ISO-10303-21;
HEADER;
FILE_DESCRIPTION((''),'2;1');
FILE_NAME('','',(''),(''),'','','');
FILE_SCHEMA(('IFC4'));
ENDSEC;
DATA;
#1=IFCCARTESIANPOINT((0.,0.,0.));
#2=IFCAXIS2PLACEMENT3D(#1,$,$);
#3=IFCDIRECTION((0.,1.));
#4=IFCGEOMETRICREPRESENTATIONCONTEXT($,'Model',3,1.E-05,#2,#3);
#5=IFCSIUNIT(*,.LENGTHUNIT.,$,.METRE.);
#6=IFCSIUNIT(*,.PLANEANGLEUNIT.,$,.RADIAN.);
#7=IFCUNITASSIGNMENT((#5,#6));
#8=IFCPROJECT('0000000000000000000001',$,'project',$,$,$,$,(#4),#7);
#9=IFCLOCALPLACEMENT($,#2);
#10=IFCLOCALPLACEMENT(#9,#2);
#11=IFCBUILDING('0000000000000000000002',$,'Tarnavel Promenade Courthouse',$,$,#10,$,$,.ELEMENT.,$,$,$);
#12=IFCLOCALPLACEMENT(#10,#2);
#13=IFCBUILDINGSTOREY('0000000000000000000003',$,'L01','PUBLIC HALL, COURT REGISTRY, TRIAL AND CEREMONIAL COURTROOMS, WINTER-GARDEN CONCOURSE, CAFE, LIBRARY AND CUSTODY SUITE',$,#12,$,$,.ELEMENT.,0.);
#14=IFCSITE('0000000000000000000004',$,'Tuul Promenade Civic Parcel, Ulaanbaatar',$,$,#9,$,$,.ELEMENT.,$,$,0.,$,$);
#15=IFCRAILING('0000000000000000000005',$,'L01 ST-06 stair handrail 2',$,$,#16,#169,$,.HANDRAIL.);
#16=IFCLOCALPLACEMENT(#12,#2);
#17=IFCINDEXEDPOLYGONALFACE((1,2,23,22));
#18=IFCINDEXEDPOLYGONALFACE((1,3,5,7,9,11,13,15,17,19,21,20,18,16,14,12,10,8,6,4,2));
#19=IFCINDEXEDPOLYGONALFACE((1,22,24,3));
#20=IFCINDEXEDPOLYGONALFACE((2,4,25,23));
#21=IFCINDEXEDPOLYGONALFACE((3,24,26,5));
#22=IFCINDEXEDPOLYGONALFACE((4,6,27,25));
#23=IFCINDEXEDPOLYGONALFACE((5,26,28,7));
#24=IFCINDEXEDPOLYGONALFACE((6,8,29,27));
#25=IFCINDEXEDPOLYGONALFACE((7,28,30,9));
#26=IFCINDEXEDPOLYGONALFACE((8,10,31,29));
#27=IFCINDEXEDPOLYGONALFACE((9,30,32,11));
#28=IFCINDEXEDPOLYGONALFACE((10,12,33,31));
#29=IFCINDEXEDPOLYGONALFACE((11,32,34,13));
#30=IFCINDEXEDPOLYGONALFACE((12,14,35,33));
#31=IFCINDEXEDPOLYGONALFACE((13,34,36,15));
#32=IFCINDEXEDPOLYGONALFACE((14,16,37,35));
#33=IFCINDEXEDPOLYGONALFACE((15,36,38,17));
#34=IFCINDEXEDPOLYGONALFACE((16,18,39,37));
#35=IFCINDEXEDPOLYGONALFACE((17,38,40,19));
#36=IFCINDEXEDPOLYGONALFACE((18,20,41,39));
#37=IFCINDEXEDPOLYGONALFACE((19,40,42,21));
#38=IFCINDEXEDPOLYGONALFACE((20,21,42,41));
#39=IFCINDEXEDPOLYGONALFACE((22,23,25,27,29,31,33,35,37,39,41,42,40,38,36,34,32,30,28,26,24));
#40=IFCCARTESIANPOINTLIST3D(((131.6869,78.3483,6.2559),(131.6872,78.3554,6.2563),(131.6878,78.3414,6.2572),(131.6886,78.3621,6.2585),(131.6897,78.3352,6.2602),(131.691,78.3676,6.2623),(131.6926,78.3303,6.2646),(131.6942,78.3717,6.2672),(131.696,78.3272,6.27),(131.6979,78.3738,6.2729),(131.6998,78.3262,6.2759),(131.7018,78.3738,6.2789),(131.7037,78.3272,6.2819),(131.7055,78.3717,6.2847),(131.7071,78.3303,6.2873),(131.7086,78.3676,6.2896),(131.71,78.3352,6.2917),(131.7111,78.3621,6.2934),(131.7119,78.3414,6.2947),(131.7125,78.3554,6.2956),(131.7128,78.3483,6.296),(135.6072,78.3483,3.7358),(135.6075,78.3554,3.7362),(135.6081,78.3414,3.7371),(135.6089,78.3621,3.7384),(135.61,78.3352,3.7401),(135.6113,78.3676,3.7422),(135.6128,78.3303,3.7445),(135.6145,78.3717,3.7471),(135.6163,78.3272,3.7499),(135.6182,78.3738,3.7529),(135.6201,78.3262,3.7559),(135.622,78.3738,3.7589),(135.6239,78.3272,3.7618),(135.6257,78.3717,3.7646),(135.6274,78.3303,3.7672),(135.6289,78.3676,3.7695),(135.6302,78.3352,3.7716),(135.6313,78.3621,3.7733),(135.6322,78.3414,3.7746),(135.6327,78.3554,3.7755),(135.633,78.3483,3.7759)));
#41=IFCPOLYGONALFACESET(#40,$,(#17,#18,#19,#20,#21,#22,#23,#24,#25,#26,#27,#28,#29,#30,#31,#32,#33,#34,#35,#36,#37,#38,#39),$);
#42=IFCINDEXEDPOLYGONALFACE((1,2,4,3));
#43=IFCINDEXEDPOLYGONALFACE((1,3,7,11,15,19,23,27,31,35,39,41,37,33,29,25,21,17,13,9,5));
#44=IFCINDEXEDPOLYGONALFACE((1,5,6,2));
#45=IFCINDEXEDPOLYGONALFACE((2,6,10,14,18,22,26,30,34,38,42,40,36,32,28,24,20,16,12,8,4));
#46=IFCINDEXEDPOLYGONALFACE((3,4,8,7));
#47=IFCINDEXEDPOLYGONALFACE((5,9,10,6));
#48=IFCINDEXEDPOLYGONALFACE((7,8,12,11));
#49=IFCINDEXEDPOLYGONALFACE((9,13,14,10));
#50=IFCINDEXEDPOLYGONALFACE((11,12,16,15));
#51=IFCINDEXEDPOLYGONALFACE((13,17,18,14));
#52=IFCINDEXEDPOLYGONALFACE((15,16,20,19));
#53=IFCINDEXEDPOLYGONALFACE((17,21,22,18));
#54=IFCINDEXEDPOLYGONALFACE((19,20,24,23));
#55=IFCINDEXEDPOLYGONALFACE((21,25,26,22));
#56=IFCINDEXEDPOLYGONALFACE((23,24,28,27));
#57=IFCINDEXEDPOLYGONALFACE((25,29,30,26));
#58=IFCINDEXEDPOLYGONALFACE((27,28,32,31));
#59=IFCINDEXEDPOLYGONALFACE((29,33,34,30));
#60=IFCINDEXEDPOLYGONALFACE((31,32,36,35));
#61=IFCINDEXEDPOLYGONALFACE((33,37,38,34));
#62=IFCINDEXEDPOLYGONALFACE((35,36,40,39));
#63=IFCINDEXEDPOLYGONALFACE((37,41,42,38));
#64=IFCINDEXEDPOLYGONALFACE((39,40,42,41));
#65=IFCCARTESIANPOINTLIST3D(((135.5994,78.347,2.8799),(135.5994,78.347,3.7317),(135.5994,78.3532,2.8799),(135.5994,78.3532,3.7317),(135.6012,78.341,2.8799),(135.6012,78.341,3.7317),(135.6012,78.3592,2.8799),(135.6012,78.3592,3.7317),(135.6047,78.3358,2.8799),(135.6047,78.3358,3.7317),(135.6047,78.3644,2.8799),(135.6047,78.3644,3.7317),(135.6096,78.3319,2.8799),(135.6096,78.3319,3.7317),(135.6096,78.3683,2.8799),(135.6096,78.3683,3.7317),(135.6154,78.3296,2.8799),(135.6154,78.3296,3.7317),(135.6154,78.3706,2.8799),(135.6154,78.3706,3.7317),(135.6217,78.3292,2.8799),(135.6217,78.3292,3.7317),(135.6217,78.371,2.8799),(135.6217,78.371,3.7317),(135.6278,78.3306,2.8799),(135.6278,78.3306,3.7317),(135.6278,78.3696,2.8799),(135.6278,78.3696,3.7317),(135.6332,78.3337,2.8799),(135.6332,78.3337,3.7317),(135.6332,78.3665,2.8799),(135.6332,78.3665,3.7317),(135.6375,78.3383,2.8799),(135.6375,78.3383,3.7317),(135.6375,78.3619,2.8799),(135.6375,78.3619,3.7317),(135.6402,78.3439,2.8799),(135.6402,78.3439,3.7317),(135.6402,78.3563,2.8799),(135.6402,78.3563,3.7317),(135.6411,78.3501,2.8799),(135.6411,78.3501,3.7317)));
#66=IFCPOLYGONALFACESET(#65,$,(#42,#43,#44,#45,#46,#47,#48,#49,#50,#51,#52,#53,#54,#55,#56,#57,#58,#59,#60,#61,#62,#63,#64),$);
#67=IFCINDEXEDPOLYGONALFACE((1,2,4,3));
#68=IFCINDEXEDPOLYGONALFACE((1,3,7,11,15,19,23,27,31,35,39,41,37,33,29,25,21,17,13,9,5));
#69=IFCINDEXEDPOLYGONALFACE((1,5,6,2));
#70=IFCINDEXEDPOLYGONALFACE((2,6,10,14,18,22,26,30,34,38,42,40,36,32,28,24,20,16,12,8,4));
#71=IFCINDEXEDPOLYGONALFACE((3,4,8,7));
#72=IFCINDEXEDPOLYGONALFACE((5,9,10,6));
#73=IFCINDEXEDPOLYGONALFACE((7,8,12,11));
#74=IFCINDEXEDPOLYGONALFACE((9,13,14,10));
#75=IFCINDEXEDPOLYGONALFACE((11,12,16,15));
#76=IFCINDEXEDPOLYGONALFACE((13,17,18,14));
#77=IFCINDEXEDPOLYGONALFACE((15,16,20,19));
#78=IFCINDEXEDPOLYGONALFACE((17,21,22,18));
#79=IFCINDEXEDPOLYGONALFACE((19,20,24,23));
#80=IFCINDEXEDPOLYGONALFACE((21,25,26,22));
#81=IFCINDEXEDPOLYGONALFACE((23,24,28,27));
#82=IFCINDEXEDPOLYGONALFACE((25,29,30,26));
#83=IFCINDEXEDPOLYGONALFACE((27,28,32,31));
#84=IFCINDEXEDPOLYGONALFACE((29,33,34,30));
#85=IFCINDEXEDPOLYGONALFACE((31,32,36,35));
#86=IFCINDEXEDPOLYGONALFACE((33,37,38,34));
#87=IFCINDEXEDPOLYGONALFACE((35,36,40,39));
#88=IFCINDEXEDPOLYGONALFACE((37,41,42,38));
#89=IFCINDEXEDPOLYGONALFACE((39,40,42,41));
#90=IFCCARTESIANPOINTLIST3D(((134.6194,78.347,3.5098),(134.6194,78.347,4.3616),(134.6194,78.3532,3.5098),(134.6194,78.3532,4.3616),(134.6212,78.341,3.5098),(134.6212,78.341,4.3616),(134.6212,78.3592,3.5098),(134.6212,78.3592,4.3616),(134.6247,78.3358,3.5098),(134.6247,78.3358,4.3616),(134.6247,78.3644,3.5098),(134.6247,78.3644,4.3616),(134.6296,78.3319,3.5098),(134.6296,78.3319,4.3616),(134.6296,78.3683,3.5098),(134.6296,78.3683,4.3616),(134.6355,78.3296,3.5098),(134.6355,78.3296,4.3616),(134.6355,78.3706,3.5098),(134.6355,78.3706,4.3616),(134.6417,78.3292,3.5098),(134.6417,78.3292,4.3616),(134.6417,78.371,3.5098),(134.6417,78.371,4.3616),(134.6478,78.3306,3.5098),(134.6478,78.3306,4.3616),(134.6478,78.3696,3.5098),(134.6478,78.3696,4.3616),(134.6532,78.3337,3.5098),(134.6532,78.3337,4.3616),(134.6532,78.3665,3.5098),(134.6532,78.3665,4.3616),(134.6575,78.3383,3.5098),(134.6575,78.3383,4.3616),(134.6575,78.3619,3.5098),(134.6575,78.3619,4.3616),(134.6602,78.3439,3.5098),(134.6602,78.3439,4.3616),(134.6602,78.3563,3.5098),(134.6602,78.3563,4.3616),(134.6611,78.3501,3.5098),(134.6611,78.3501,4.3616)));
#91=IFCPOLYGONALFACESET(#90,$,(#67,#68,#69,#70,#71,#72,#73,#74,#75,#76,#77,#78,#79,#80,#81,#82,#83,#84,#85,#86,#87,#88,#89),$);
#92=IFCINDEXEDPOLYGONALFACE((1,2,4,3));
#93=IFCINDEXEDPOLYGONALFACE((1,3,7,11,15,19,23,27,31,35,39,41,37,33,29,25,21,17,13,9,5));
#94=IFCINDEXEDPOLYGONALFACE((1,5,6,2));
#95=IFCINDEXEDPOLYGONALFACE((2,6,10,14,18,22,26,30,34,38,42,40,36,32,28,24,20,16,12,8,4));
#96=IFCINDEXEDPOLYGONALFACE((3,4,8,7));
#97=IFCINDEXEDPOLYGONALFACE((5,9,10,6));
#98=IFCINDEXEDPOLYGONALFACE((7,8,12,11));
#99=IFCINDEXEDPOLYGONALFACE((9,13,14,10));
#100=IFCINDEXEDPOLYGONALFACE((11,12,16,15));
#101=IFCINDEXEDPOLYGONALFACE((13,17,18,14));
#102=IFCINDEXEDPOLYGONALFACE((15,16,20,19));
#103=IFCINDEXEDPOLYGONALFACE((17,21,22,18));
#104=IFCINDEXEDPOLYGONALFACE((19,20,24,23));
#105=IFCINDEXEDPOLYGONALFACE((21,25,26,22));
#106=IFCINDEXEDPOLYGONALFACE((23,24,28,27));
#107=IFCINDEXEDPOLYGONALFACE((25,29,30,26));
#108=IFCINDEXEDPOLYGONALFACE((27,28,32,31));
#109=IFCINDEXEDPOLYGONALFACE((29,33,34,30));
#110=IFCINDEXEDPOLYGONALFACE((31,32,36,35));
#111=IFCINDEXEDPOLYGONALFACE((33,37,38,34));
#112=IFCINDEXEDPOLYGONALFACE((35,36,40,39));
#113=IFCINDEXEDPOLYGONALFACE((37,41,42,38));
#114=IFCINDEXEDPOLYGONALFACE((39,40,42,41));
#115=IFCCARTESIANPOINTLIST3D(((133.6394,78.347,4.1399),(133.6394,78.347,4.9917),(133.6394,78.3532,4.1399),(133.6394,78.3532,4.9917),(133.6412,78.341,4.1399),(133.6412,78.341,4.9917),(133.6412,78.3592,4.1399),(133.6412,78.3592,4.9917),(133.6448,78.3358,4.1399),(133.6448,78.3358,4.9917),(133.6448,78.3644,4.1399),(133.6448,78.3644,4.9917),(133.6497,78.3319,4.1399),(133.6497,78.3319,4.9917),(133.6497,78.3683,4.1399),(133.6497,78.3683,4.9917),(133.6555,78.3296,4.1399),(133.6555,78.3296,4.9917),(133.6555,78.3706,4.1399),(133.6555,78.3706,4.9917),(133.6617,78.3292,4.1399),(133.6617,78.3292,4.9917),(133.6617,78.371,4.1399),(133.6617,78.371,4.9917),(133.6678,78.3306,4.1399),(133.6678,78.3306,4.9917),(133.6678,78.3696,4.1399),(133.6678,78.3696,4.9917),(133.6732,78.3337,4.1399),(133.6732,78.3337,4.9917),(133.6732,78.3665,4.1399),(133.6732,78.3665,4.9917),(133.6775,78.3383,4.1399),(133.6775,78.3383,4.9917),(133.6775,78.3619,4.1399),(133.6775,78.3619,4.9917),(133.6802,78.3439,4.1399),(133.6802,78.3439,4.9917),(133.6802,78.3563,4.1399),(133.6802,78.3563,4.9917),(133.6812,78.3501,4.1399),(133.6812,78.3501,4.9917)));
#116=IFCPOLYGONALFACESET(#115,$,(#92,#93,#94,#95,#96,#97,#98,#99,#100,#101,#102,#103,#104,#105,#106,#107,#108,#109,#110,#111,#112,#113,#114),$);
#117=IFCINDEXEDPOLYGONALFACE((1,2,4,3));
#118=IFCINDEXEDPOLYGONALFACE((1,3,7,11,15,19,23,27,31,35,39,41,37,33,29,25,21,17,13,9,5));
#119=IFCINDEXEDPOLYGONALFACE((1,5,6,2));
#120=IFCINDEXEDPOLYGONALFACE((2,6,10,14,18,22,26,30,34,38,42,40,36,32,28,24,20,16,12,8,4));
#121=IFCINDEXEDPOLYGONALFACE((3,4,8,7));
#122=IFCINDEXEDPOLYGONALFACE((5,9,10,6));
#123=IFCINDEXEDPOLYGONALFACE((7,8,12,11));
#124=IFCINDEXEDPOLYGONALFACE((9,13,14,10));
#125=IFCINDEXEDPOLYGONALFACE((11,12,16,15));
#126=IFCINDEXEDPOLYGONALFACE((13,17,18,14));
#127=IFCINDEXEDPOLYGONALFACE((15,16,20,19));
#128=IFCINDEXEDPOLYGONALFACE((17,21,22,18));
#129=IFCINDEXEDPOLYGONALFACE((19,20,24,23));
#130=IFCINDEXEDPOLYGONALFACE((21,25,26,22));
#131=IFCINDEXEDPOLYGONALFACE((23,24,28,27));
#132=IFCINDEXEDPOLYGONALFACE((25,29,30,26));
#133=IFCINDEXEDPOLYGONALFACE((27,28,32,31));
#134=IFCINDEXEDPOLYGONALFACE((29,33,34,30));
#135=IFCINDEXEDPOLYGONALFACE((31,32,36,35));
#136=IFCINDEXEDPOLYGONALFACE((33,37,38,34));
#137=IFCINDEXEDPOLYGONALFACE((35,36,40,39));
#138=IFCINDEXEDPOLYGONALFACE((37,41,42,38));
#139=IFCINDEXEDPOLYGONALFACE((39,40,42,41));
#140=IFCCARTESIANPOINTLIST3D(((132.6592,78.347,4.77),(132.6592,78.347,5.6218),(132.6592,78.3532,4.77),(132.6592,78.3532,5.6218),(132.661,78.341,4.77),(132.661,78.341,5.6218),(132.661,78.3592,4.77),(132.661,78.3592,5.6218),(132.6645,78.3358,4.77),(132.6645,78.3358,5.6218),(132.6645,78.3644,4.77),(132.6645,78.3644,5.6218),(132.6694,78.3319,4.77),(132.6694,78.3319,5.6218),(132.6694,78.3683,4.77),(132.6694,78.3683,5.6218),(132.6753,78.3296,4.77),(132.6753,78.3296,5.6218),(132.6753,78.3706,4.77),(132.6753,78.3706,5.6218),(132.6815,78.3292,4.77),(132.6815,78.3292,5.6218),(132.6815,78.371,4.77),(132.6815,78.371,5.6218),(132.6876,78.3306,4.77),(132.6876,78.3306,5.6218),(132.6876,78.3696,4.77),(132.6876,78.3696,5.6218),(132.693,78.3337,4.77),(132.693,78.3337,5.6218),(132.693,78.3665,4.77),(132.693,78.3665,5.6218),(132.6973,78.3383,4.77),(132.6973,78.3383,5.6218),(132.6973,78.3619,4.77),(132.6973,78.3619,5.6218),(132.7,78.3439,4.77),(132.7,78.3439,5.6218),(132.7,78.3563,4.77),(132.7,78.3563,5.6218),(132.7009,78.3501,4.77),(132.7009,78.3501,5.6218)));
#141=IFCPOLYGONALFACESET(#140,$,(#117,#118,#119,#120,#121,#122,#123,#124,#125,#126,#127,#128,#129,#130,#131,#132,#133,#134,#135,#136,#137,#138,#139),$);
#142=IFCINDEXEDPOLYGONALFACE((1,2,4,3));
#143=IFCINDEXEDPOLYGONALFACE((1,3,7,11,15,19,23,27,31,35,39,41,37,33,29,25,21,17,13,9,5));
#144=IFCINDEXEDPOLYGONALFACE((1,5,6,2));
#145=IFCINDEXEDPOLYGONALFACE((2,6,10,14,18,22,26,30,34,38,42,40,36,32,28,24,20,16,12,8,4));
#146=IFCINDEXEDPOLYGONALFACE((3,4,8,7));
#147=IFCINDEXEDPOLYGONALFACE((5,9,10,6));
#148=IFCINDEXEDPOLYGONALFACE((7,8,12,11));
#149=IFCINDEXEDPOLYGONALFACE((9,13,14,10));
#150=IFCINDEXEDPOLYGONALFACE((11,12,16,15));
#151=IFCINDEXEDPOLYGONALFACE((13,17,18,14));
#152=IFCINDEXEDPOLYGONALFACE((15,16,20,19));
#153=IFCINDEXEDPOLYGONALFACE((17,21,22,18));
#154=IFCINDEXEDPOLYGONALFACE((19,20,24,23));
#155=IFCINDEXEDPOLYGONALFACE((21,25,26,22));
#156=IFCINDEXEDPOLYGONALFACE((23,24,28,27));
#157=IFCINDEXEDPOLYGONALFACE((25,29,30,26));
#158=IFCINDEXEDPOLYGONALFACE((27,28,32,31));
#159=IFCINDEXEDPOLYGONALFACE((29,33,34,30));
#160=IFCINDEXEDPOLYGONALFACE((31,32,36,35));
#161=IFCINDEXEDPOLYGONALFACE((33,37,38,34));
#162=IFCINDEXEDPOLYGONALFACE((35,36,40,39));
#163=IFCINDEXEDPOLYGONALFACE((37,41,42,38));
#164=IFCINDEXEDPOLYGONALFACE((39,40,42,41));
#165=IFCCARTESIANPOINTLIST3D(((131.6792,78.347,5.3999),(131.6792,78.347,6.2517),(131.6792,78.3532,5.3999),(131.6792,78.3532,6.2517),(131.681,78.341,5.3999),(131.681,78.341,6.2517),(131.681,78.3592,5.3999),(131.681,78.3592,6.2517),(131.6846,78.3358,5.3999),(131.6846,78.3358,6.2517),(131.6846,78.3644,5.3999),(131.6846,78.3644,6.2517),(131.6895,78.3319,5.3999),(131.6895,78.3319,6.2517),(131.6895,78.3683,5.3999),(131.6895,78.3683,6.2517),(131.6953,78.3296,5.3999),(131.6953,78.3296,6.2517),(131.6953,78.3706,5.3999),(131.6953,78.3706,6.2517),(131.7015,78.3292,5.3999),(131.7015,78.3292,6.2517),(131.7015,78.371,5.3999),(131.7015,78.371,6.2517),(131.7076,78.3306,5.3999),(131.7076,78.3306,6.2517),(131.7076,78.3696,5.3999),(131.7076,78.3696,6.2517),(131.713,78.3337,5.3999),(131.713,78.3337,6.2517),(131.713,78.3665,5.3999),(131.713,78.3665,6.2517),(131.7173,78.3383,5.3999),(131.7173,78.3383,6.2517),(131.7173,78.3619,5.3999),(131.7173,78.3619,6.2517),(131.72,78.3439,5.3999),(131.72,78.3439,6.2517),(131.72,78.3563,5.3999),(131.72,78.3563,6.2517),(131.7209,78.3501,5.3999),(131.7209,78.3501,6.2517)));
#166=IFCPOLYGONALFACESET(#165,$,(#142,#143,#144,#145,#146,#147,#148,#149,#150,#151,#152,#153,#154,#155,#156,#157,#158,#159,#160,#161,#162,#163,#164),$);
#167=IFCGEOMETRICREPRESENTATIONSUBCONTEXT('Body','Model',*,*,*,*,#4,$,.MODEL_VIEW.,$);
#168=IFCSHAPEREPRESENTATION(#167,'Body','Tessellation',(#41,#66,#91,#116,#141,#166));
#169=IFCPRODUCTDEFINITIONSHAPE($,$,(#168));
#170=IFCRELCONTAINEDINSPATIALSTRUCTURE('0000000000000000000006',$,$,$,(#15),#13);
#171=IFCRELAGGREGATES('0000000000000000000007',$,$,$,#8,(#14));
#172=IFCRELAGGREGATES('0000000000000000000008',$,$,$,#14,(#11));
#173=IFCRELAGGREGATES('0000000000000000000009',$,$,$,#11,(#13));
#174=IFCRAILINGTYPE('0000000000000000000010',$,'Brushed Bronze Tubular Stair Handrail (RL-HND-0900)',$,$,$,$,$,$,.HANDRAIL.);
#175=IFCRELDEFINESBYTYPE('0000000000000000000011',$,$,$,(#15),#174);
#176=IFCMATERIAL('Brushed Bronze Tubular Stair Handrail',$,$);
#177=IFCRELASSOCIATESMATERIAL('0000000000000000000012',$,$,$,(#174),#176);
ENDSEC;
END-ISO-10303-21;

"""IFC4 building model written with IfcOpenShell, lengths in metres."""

from ifc_helpers import new_model, si_unit, direction, frame, origin, origin_2d, place, context, subcontext, project, spatial, circle, extrude, material, type_object, element, save


model = new_model("IFC4")

# Units and contexts
model_context = context("Model", 3, precision=1e-05, world=origin(), true_north=direction((0.0, 1.0)))
body_context = subcontext(model_context, "Body", "Model", "MODEL_VIEW")
ifc_project = project(units=[si_unit("LENGTHUNIT", "METRE"), si_unit("PLANEANGLEUNIT", "RADIAN")], contexts=[model_context])

# Site, building, storey
site_placement = place(None, origin())
site = spatial("IfcSite", under=ifc_project, at=site_placement, Name="Tuul Promenade Civic Parcel, Ulaanbaatar", CompositionType="ELEMENT", RefElevation=0.0)
building_placement = place(site_placement, origin())
building = spatial("IfcBuilding", under=site, at=building_placement, Name="Tarnavel Promenade Courthouse", CompositionType="ELEMENT")
storey_placement = place(building_placement, origin())
storey = spatial("IfcBuildingStorey", under=building, at=storey_placement, Name="L01", Description="PUBLIC HALL, COURT REGISTRY, TRIAL AND CEREMONIAL COURTROOMS, WINTER-GARDEN CONCOURSE, CAFE, LIBRARY AND CUSTODY SUITE", CompositionType="ELEMENT", Elevation=0.0)

# Railing
ifc_material_1 = material(Name="Brushed Bronze Tubular Stair Handrail")
railing_type_1 = type_object("IfcRailingType", Name="Brushed Bronze Tubular Stair Handrail (RL-HND-0900)", PredefinedType="HANDRAIL", material=ifc_material_1)
railing_1_placement = place(storey_placement, frame((135.6201, 78.3501, 2.8799)))
element("IfcRailing", 1, at=railing_1_placement, inside=storey, type_object=railing_type_1, Name="L01 ST-06 stair handrail 2", PredefinedType="HANDRAIL", context=body_context, shape_type="SweptSolid", body=[
    extrude(circle(Radius=0.0239, at=origin_2d()), frame((0.0, 0.0, 0.876), z_axis=(-0.841187, 0.0, 0.540744), x_axis=(0.0, -1.0, 0.0)), (0.0, 0.0, 1.0), 4.6604),
    extrude(circle(Radius=0.021, at=origin_2d()), origin(), (0.0, 0.0, 1.0), 0.8518),
    extrude(circle(Radius=0.021, at=origin_2d()), frame((-0.98, 0.0, 0.6299)), (0.0, 0.0, 1.0), 0.8518),
    extrude(circle(Radius=0.021, at=origin_2d()), frame((-1.96, 0.0, 1.26)), (0.0, 0.0, 1.0), 0.8518),
    extrude(circle(Radius=0.021, at=origin_2d()), frame((-2.9402, 0.0, 1.8901)), (0.0, 0.0, 1.0), 0.8518),
    extrude(circle(Radius=0.021, at=origin_2d()), frame((-3.9202, 0.0, 2.52)), (0.0, 0.0, 1.0), 0.8518),
])

save(model, "model.ifc")
